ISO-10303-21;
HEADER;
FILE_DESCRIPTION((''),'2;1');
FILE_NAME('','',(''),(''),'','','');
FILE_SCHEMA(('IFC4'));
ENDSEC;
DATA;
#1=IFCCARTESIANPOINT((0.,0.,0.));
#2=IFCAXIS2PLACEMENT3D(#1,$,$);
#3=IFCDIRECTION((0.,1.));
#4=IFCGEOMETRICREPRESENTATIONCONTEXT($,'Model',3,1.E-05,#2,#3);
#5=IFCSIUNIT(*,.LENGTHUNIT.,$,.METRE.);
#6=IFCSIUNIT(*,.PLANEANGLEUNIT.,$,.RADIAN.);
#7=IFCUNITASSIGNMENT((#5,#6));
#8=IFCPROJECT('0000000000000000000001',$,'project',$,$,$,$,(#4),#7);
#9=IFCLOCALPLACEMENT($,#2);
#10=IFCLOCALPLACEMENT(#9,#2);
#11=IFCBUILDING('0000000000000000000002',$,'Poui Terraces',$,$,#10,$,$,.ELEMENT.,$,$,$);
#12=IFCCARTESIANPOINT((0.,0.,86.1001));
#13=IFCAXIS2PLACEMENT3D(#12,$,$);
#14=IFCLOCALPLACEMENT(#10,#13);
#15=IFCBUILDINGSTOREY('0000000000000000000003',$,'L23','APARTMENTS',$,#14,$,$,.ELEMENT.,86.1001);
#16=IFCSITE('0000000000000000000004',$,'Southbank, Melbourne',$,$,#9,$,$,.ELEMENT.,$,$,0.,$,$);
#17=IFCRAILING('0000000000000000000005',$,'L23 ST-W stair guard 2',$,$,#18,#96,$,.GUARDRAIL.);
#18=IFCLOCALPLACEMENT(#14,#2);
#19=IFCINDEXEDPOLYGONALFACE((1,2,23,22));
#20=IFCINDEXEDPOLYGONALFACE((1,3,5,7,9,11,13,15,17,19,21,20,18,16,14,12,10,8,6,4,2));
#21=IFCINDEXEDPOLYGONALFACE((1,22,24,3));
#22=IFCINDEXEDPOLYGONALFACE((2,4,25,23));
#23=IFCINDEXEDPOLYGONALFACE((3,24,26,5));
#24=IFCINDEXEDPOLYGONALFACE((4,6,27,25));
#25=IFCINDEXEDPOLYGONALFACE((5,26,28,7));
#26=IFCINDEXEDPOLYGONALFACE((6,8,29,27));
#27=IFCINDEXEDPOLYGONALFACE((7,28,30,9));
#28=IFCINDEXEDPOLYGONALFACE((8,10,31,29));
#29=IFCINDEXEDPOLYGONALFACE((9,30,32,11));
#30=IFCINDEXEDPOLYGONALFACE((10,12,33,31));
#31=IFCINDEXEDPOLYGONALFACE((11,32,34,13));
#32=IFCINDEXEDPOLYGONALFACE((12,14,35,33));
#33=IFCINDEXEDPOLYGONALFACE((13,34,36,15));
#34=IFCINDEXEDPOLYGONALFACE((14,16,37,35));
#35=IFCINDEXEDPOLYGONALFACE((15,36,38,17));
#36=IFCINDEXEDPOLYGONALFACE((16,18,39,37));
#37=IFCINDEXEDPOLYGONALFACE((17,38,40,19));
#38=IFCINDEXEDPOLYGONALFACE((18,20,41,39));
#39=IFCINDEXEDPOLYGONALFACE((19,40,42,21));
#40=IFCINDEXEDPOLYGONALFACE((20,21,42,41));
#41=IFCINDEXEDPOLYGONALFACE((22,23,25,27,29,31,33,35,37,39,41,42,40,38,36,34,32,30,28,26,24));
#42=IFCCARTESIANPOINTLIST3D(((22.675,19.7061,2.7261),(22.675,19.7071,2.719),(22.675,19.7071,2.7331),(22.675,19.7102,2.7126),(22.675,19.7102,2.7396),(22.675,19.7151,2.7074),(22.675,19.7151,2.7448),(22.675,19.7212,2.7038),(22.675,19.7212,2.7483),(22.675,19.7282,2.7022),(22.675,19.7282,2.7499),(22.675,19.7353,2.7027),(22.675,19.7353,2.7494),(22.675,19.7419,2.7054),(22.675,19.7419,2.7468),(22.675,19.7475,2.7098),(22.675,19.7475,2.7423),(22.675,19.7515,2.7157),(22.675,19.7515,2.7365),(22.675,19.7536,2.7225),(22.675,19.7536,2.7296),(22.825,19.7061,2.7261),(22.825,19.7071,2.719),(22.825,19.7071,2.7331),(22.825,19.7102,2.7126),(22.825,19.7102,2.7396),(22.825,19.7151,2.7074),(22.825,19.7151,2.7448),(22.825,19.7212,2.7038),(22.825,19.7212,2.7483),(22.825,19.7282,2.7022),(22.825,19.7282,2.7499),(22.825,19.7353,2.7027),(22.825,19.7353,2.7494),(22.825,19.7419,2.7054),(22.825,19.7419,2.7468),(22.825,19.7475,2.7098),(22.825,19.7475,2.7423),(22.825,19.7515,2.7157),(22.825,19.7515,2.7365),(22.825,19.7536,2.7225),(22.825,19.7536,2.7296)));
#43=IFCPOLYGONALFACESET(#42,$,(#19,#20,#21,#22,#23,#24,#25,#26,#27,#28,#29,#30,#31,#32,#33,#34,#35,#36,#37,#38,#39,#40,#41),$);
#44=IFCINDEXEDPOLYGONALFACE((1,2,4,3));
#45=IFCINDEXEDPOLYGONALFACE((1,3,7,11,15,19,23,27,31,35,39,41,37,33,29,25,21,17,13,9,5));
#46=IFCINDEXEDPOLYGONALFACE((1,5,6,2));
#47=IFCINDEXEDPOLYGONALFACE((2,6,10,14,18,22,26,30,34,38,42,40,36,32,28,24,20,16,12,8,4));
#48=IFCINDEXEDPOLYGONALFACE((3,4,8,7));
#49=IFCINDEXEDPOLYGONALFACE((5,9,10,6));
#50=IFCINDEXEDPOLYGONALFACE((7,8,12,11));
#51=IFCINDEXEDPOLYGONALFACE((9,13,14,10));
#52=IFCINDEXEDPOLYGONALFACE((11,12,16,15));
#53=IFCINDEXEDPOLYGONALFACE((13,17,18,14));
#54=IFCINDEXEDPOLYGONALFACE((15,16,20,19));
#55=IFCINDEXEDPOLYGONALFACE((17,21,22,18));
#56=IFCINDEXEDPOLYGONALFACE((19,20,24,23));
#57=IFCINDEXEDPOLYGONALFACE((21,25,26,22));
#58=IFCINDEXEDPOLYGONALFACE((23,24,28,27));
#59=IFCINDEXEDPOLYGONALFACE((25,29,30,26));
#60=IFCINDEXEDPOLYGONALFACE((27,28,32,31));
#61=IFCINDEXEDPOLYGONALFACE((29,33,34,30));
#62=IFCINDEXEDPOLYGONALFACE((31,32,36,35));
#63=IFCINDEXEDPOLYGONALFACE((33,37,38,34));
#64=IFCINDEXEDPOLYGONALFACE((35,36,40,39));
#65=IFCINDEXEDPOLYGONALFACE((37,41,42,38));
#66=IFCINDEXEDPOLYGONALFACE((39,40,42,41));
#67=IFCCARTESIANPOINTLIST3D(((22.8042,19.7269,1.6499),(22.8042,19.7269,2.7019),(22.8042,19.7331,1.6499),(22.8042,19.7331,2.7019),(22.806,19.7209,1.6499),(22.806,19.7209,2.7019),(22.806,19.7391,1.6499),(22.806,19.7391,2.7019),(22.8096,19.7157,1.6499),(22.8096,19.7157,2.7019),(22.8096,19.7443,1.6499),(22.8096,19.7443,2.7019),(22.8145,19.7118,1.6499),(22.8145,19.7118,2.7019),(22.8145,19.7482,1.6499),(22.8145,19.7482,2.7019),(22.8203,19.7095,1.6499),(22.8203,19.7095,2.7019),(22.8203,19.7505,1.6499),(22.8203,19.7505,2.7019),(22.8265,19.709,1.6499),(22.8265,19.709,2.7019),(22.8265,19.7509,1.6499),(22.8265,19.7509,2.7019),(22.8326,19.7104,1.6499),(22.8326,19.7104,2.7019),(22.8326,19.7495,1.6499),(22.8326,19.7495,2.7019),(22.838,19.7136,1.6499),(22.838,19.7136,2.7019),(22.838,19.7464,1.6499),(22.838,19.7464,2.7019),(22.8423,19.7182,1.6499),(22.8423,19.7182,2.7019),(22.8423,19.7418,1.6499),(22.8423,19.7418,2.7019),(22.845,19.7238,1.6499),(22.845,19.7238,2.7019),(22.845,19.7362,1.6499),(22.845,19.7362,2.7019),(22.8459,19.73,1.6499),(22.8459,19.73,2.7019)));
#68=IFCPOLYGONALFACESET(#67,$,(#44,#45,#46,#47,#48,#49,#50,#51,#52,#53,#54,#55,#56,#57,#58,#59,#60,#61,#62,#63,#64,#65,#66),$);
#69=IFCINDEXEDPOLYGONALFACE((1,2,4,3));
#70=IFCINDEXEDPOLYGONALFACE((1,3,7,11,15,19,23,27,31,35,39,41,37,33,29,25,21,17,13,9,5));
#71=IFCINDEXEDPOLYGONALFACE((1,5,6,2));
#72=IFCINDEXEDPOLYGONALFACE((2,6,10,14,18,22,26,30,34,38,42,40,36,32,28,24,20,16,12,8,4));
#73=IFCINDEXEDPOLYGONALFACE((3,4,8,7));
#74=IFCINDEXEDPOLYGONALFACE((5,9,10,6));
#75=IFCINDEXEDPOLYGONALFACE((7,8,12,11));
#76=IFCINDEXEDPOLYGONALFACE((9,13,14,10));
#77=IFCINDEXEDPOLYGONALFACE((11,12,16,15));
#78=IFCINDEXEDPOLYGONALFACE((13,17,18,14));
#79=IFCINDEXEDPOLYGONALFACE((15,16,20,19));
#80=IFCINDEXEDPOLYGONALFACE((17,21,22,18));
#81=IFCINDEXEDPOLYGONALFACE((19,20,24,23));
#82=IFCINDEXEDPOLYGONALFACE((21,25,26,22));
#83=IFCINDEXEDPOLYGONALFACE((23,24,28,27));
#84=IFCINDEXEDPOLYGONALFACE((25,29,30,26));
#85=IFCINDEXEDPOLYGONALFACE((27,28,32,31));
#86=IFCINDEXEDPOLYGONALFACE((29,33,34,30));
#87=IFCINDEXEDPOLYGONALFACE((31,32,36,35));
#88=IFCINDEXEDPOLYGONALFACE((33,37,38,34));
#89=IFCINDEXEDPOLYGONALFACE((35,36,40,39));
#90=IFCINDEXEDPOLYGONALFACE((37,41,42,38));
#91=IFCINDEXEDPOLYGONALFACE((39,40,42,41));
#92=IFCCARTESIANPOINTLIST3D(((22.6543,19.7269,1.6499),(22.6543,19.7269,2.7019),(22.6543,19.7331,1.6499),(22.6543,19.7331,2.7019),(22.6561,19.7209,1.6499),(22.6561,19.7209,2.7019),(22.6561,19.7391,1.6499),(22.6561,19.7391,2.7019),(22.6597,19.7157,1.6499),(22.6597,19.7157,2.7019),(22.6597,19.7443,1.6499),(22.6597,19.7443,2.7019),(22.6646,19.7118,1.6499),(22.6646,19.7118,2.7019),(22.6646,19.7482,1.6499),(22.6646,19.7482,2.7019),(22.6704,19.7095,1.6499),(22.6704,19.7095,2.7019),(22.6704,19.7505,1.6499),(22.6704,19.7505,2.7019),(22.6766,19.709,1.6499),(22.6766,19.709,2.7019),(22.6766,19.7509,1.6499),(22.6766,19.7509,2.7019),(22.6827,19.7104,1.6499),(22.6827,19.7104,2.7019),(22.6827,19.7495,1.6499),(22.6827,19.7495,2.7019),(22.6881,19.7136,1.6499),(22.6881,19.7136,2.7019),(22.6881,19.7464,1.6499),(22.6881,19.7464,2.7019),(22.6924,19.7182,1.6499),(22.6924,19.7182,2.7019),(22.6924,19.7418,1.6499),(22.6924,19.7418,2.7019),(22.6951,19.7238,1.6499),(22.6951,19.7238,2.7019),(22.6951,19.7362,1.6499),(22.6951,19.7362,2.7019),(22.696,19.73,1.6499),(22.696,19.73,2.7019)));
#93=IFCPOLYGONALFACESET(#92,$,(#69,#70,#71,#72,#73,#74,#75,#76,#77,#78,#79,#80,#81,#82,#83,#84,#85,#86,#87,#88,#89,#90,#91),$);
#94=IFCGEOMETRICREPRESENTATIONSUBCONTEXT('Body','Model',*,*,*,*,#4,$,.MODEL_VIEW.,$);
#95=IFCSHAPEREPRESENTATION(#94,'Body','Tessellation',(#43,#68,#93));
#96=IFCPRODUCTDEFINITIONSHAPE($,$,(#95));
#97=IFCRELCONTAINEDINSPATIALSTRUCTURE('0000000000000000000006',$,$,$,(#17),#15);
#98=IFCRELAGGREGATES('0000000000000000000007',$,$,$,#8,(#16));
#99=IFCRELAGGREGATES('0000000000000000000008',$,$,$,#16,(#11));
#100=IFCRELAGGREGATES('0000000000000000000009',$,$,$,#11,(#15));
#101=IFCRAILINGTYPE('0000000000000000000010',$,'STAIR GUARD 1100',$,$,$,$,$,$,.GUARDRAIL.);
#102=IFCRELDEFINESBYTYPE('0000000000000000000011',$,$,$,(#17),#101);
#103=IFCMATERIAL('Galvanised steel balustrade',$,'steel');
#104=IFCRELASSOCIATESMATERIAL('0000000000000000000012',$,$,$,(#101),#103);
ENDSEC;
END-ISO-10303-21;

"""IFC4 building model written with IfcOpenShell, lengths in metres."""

from ifc_helpers import new_model, si_unit, direction, frame, origin, origin_2d, place, context, subcontext, project, spatial, circle, extrude, material, type_object, element, save


model = new_model("IFC4")

# Units and contexts
model_context = context("Model", 3, precision=1e-05, world=origin(), true_north=direction((0.0, 1.0)))
body_context = subcontext(model_context, "Body", "Model", "MODEL_VIEW")
ifc_project = project(units=[si_unit("LENGTHUNIT", "METRE"), si_unit("PLANEANGLEUNIT", "RADIAN")], contexts=[model_context])

# Site, building, storey
site_placement = place(None, origin())
site = spatial("IfcSite", under=ifc_project, at=site_placement, Name="Southbank, Melbourne", CompositionType="ELEMENT", RefElevation=0.0)
building_placement = place(site_placement, origin())
building = spatial("IfcBuilding", under=site, at=building_placement, Name="Poui Terraces", CompositionType="ELEMENT")
storey_placement = place(building_placement, frame((0.0, 0.0, 86.1001)))
storey = spatial("IfcBuildingStorey", under=building, at=storey_placement, Name="L23", Description="APARTMENTS", CompositionType="ELEMENT", Elevation=86.1001)

# Railing
ifc_material_1 = material(Name="Galvanised steel balustrade", Category="steel")
railing_type_1 = type_object("IfcRailingType", Name="STAIR GUARD 1100", PredefinedType="GUARDRAIL", material=ifc_material_1)
railing_1_placement = place(storey_placement, frame((22.825, 19.73, 1.6499)))
element("IfcRailing", 1, at=railing_1_placement, inside=storey, type_object=railing_type_1, Name="L23 ST-W stair guard 2", PredefinedType="GUARDRAIL", context=body_context, shape_type="SweptSolid", body=[
    extrude(circle(Radius=0.0239, at=origin_2d()), frame((0.0, 0.0, 1.0762), z_axis=(-1.0, 0.0, 0.0), x_axis=(0.0, -1.0, 0.0)), (0.0, 0.0, 1.0), 0.1499),
    extrude(circle(Radius=0.021, at=origin_2d()), origin(), (0.0, 0.0, 1.0), 1.052),
    extrude(circle(Radius=0.021, at=origin_2d()), frame((-0.1499, 0.0, 0.0)), (0.0, 0.0, 1.0), 1.052),
])

save(model, "model.ifc")
